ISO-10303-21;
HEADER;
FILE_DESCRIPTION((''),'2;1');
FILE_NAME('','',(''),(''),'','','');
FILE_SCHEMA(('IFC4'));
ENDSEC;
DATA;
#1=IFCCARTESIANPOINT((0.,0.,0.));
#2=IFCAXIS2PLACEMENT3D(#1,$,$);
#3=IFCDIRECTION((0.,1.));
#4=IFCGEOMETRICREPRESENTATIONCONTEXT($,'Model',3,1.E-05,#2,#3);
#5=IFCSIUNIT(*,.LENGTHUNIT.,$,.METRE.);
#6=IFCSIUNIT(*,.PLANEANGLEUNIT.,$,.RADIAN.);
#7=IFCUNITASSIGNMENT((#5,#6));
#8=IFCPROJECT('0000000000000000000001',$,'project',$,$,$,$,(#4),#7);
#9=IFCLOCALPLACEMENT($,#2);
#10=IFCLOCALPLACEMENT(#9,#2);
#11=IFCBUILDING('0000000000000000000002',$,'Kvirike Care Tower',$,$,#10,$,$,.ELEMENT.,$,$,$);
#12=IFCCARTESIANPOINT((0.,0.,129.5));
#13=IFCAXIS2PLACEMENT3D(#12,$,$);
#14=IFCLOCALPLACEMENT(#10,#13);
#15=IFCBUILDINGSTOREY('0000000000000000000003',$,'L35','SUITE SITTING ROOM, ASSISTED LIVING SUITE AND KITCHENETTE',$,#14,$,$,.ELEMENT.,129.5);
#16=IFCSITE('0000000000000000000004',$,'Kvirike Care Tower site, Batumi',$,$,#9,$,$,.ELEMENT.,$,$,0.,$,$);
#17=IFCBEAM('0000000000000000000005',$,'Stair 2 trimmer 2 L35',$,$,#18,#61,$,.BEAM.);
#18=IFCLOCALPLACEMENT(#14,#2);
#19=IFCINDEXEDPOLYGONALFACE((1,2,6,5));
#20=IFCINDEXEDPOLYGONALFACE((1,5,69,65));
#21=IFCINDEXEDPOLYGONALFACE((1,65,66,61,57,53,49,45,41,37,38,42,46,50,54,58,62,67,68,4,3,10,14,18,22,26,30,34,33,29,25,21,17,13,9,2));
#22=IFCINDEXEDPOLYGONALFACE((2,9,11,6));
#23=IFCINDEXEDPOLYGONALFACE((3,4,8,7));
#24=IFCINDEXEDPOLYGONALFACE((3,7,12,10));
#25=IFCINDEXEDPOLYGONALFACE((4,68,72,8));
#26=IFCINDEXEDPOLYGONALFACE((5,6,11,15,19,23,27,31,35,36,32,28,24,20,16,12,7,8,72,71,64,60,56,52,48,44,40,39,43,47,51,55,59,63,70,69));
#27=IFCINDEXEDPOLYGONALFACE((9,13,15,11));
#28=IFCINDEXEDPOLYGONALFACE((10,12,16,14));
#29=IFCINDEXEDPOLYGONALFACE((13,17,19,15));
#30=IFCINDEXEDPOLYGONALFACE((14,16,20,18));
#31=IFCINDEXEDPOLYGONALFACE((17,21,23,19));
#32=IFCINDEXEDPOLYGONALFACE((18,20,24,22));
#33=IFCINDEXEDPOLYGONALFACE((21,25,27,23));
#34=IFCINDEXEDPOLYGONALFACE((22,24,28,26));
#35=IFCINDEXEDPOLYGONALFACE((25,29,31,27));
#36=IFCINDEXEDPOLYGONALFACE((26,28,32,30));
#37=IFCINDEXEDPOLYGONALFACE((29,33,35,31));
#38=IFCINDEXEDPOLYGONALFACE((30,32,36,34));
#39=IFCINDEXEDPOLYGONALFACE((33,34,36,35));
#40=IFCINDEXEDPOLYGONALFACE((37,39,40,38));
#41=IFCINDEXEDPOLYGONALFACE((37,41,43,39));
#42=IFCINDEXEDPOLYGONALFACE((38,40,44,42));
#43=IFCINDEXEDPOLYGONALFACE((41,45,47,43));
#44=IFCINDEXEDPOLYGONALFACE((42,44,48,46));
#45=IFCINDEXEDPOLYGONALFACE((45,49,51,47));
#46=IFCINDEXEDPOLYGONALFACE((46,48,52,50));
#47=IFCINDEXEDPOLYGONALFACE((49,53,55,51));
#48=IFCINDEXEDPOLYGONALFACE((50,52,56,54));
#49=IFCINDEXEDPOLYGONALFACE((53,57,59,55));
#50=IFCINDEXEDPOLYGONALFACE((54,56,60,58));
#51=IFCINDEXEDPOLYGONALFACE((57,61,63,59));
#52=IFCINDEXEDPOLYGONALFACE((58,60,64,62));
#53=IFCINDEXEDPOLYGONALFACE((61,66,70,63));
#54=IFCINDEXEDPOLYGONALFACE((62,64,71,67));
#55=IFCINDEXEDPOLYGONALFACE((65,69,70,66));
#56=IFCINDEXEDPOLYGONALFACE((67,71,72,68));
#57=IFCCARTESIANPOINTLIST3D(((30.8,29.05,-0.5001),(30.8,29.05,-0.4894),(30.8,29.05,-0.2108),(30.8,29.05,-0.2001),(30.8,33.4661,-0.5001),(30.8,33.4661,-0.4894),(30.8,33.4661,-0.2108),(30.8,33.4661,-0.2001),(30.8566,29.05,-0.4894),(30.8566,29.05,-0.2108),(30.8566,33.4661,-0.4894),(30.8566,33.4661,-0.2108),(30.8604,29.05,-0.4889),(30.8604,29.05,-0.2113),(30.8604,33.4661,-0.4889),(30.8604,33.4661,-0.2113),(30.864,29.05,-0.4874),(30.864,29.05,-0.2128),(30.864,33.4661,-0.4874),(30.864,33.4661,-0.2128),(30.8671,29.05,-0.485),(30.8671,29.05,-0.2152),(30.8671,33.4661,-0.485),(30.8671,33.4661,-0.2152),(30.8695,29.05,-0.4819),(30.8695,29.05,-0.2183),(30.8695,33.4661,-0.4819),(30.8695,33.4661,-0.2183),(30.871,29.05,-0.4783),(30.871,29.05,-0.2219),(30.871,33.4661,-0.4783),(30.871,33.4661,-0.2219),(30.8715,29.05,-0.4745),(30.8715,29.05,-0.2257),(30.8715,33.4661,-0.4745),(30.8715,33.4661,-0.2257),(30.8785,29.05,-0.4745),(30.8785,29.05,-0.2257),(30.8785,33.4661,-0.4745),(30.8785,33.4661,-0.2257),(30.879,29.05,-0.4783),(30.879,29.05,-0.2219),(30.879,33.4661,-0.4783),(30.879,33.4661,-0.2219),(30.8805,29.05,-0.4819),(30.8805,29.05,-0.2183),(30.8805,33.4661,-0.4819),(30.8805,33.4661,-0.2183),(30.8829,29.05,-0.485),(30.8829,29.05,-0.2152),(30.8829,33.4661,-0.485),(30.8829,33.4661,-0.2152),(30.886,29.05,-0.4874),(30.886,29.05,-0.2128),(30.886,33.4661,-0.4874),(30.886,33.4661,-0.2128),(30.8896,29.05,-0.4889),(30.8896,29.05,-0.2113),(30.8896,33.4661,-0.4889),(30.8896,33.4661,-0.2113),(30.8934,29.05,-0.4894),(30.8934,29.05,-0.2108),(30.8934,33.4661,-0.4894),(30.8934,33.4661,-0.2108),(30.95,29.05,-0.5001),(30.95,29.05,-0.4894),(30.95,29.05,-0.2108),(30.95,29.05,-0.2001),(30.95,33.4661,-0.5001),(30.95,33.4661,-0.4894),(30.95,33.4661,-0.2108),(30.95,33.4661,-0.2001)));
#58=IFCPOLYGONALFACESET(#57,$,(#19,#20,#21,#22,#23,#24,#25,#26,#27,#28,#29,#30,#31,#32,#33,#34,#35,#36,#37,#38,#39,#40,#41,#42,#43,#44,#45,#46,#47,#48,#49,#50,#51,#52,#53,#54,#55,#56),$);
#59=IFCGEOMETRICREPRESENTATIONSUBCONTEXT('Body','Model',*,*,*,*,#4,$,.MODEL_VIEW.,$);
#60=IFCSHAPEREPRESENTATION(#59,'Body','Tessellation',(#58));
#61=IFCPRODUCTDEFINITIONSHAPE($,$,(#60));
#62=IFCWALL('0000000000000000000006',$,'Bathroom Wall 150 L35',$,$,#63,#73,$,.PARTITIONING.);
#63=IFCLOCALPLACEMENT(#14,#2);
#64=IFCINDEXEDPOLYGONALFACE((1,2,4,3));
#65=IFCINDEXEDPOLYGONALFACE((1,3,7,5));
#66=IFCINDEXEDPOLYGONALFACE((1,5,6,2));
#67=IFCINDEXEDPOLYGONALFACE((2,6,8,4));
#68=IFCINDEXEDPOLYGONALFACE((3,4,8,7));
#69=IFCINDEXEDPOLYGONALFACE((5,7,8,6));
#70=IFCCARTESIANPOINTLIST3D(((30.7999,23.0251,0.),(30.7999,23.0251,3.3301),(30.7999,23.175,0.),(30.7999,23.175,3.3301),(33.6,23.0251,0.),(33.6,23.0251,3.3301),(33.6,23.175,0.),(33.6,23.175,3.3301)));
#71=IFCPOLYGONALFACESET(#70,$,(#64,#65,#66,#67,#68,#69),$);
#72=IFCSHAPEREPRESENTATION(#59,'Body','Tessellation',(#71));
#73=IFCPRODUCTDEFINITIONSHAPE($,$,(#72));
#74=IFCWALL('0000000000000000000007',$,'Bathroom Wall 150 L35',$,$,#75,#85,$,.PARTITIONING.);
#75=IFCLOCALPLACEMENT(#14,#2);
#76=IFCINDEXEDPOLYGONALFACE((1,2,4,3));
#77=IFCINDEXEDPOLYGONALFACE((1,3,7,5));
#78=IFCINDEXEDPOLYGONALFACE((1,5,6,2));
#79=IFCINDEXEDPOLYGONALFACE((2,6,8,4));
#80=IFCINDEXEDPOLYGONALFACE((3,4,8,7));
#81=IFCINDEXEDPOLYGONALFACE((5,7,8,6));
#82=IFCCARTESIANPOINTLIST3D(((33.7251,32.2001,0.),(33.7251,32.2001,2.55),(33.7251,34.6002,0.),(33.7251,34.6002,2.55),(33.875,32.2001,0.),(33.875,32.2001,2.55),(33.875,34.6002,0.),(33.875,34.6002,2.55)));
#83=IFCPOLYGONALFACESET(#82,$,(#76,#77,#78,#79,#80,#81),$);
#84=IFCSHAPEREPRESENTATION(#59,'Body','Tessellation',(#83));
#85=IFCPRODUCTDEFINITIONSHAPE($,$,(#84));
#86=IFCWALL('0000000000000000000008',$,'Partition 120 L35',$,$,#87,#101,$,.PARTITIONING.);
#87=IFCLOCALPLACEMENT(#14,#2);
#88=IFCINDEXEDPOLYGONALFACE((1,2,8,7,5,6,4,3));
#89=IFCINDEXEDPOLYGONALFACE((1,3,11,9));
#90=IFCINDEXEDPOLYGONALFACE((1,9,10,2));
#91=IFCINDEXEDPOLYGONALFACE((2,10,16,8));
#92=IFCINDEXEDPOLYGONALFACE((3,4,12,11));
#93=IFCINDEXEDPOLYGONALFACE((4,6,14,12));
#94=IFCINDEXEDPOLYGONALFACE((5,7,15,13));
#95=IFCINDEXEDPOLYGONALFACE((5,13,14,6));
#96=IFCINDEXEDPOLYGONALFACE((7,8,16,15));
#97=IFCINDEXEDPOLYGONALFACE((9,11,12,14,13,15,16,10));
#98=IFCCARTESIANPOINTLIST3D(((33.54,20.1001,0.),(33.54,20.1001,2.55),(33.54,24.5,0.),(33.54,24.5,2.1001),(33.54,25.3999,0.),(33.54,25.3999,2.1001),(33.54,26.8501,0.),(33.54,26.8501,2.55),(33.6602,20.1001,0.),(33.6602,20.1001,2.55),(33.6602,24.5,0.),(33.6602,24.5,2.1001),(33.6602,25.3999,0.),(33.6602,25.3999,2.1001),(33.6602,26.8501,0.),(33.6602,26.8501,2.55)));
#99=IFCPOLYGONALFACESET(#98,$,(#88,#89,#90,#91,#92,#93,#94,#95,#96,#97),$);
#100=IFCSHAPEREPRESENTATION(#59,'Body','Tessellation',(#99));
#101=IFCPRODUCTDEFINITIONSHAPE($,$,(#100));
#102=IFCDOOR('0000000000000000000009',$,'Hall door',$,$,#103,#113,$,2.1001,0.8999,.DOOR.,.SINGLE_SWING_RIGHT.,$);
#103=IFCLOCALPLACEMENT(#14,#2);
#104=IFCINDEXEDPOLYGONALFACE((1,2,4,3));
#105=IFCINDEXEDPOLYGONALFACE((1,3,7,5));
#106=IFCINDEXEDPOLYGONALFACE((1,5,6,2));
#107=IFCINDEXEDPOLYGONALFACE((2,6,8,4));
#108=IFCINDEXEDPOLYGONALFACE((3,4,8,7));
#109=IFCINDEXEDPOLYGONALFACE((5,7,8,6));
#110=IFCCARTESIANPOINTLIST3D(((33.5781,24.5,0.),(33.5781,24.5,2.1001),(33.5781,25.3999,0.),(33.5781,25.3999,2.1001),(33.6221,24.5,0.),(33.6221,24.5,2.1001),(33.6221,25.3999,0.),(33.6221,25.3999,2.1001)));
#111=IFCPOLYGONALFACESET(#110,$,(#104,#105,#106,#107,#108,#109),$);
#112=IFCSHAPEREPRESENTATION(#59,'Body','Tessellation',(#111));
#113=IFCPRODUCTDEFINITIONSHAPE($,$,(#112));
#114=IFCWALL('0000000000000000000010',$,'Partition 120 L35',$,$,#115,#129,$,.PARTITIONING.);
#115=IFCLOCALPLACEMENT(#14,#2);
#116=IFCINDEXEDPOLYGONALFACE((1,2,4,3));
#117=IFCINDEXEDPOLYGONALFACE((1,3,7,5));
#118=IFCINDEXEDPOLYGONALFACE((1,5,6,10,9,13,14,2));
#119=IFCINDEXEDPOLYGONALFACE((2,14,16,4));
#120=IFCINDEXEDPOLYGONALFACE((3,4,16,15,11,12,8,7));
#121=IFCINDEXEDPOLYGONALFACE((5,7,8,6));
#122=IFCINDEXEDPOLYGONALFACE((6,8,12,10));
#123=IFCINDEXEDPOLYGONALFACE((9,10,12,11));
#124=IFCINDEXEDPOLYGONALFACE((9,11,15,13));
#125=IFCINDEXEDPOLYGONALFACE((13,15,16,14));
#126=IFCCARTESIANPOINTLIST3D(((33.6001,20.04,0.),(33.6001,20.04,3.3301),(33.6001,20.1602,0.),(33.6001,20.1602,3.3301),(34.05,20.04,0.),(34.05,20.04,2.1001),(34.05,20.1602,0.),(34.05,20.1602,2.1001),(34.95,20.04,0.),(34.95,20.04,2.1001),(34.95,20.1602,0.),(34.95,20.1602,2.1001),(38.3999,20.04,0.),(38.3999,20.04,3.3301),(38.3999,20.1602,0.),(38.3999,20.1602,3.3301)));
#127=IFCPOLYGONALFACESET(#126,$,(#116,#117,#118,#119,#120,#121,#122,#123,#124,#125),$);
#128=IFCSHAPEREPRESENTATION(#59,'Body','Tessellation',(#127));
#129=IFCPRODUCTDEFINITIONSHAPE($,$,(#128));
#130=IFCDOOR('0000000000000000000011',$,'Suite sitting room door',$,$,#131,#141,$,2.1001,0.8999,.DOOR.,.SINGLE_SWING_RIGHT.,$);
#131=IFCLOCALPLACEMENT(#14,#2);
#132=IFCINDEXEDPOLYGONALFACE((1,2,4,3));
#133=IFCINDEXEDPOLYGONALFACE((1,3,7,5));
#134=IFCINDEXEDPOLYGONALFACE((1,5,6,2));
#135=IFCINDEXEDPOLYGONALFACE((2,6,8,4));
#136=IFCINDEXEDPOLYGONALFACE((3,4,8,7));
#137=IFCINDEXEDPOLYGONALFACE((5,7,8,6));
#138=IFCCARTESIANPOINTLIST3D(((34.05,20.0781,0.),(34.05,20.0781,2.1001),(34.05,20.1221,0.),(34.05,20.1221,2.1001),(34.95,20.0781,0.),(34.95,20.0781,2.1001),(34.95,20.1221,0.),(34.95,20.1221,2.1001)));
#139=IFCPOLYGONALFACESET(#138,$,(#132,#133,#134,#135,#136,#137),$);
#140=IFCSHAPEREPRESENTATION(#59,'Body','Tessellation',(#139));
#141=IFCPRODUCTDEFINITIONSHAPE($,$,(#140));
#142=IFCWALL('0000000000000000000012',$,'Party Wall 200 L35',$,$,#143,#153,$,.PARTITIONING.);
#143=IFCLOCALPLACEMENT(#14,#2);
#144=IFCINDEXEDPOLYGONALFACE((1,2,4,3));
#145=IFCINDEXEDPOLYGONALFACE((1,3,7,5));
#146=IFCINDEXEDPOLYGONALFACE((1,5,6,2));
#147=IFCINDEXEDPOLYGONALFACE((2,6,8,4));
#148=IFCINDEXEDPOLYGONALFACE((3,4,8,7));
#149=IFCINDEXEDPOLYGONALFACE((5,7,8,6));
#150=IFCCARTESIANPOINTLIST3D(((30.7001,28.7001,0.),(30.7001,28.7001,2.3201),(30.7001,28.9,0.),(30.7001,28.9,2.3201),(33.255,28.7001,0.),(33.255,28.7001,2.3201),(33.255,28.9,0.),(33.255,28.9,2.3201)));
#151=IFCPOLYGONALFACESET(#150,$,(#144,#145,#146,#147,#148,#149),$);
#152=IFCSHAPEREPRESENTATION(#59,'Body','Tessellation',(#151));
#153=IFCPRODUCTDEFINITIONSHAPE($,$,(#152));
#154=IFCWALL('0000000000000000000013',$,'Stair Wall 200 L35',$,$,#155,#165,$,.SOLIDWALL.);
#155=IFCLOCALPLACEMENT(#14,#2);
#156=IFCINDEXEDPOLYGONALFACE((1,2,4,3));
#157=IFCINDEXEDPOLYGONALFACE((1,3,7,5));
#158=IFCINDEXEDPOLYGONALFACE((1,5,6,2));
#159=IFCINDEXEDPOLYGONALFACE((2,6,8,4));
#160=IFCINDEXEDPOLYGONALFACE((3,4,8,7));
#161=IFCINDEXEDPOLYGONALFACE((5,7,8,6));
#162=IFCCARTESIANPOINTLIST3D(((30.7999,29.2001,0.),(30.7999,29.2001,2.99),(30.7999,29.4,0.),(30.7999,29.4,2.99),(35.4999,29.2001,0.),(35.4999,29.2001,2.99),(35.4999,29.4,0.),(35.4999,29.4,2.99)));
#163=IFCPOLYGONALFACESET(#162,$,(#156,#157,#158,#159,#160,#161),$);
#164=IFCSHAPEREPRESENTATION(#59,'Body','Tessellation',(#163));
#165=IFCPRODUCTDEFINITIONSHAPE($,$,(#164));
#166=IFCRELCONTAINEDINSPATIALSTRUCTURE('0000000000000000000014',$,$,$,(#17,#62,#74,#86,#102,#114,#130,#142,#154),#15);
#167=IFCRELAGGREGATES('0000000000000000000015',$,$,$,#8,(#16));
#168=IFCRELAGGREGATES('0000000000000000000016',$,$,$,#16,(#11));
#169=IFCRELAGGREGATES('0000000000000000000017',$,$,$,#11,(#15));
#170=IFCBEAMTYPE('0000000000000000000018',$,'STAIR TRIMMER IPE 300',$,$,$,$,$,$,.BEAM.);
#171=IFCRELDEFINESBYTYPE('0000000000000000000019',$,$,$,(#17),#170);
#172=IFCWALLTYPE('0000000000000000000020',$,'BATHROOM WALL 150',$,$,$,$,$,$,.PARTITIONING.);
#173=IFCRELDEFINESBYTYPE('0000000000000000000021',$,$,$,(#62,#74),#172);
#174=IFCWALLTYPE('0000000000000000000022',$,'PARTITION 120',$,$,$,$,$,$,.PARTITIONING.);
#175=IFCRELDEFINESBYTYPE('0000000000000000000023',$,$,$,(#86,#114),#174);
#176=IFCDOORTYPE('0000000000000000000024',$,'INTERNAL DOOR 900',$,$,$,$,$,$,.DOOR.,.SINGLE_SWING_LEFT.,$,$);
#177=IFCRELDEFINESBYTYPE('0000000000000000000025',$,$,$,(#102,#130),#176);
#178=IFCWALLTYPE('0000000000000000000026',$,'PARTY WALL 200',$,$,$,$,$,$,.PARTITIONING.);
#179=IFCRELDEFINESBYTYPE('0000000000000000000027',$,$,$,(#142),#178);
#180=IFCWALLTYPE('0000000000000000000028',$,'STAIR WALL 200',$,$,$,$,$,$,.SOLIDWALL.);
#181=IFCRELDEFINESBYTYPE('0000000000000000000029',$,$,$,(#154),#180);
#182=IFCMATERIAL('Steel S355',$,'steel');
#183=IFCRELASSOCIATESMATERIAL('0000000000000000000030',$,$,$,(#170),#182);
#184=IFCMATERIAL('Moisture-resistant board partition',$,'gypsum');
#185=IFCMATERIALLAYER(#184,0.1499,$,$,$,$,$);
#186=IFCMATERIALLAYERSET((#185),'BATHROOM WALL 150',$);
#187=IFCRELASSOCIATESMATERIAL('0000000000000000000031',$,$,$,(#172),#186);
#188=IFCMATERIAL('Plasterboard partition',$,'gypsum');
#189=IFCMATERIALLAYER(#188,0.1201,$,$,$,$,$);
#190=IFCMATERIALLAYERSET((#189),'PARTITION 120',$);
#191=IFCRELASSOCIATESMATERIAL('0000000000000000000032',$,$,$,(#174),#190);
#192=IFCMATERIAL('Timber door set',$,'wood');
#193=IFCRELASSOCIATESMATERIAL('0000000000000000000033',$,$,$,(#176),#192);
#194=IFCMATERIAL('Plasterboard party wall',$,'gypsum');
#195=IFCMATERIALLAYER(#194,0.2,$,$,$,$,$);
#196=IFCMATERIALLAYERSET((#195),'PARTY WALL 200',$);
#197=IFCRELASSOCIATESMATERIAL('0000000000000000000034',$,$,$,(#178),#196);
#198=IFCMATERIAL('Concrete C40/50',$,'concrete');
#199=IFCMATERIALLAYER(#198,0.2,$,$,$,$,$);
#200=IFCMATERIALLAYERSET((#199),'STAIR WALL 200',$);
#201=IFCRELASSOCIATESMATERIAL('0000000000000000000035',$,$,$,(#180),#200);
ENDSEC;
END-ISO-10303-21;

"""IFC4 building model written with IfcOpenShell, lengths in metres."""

from ifc_helpers import new_model, si_unit, direction, frame, frame_2d, origin, origin_2d, place, context, subcontext, project, spatial, rectangle, i_section, extrude, material, layer, layer_set, material_profile, profile_set, type_object, element, fill, save


model = new_model("IFC4")

# Units and contexts
model_context = context("Model", 3, precision=1e-05, world=origin(), true_north=direction((0.0, 1.0)))
body_context = subcontext(model_context, "Body", "Model", "MODEL_VIEW")
ifc_project = project(units=[si_unit("LENGTHUNIT", "METRE"), si_unit("PLANEANGLEUNIT", "RADIAN")], contexts=[model_context])

# Site, building, storey
site_placement = place(None, origin())
site = spatial("IfcSite", under=ifc_project, at=site_placement, Name="Kvirike Care Tower site, Batumi", CompositionType="ELEMENT", RefElevation=0.0)
building_placement = place(site_placement, origin())
building = spatial("IfcBuilding", under=site, at=building_placement, Name="Kvirike Care Tower", CompositionType="ELEMENT")
storey_placement = place(building_placement, frame((0.0, 0.0, 129.5)))
storey = spatial("IfcBuildingStorey", under=building, at=storey_placement, Name="L35", Description="SUITE SITTING ROOM, ASSISTED LIVING SUITE AND KITCHENETTE", CompositionType="ELEMENT", Elevation=129.5)

# Beam
ifc_material_1 = material(Name="Steel S355", Category="steel")
ifc_material_profile_1 = material_profile(ifc_material_1, i_section(OverallWidth=0.1499, OverallDepth=0.3, WebThickness=0.0071, FlangeThickness=0.0107, FilletRadius=0.0149, at=origin_2d()), Name="IPE 300")
ifc_profile_set_1 = profile_set([ifc_material_profile_1], Name="Steel S355")
beam_type_1 = type_object("IfcBeamType", Name="STAIR TRIMMER IPE 300", PredefinedType="BEAM", material=ifc_profile_set_1)
for number, where, z_axis, x_axis, name in (
    (1, (30.875, 29.05, -0.3501), (0.0, 1.0, 0.0), (-1.0, 0.0, 0.0), "Stair 2 trimmer 2 L35"),
):
    element("IfcBeam", number, at=place(storey_placement, frame(where, z_axis=z_axis, x_axis=x_axis)), inside=storey, type_object=beam_type_1, Name=name, PredefinedType="BEAM", context=body_context, shape_type="SweptSolid", body=[
        extrude(i_section(OverallWidth=0.1499, OverallDepth=0.3, WebThickness=0.0071, FlangeThickness=0.0107, FilletRadius=0.0149, at=origin_2d()), origin(), (0.0, 0.0, 1.0), 4.416),
    ])

# Walls
ifc_material_2 = material(Name="Moisture-resistant board partition", Category="gypsum")
ifc_layer_1 = layer(ifc_material_2, 0.1499)
ifc_layer_set_1 = layer_set([ifc_layer_1], Name="BATHROOM WALL 150")
wall_type_1 = type_object("IfcWallType", Name="BATHROOM WALL 150", PredefinedType="PARTITIONING", material=ifc_layer_set_1)
wall_1_placement = place(storey_placement, frame((30.8, 23.1001, 0.0), z_axis=(0.0, 0.0, 1.0), x_axis=(1.0, 0.0, 0.0)))
element("IfcWall", 2, at=wall_1_placement, inside=storey, type_object=wall_type_1, Name="Bathroom Wall 150 L35", PredefinedType="PARTITIONING", context=body_context, shape_type="SweptSolid", body=[
    extrude(rectangle(XDim=2.8, YDim=0.1499, at=frame_2d((1.3999, 0.0))), origin(), (0.0, 0.0, 1.0), 3.3301),
])
wall_2_placement = place(storey_placement, frame((33.8, 32.2, 0.0), z_axis=(0.0, 0.0, 1.0), x_axis=(0.0, 1.0, 0.0)))
element("IfcWall", 3, at=wall_2_placement, inside=storey, type_object=wall_type_1, Name="Bathroom Wall 150 L35", PredefinedType="PARTITIONING", context=body_context, shape_type="SweptSolid", body=[
    extrude(rectangle(XDim=2.4001, YDim=0.1499, at=frame_2d((1.2002, 0.0))), origin(), (0.0, 0.0, 1.0), 2.55),
])

# Walls, openings, doors
ifc_material_3 = material(Name="Plasterboard partition", Category="gypsum")
ifc_layer_2 = layer(ifc_material_3, 0.1201)
ifc_layer_set_2 = layer_set([ifc_layer_2], Name="PARTITION 120")
wall_type_2 = type_object("IfcWallType", Name="PARTITION 120", PredefinedType="PARTITIONING", material=ifc_layer_set_2)
wall_3_placement = place(storey_placement, frame((33.6001, 20.1001, 0.0), z_axis=(0.0, 0.0, 1.0), x_axis=(0.0, 1.0, 0.0)))
wall_3 = element("IfcWall", 4, at=wall_3_placement, inside=storey, type_object=wall_type_2, Name="Partition 120 L35", PredefinedType="PARTITIONING", context=body_context, shape_type="SweptSolid", body=[
    extrude(rectangle(XDim=6.75, YDim=0.1201, at=frame_2d((3.375, 0.0))), origin(), (0.0, 0.0, 1.0), 2.55),
])
opening_1_placement = place(wall_3_placement, frame((4.3999, 0.0, 0.0)))
opening_1 = element("IfcOpeningElement", 5, at=opening_1_placement, cuts=wall_3, PredefinedType="OPENING", context=body_context, shape_type="SweptSolid", body=[
    extrude(rectangle(XDim=0.8999, YDim=2.1001, at=frame_2d((0.45, 1.05))), frame((0.0, 0.0706, 0.0), z_axis=(0.0, -1.0, 0.0), x_axis=(1.0, 0.0, 0.0)), (0.0, 0.0, 1.0), 0.1411),
])
ifc_material_4 = material(Name="Timber door set", Category="wood")
door_type = type_object("IfcDoorType", Name="INTERNAL DOOR 900", OperationType="SINGLE_SWING_LEFT", PredefinedType="DOOR", material=ifc_material_4)
door_1_placement = place(opening_1_placement, origin())
door_1 = element("IfcDoor", 6, at=door_1_placement, inside=storey, type_object=door_type, Name="Hall door", OperationType="SINGLE_SWING_RIGHT", OverallHeight=2.1001, OverallWidth=0.8999, PredefinedType="DOOR", context=body_context, shape_type="SweptSolid", body=[
    extrude(rectangle(XDim=0.8999, YDim=2.1001, at=frame_2d((0.45, 1.05))), frame((0.0, 0.022, 0.0), z_axis=(0.0, -1.0, 0.0), x_axis=(1.0, 0.0, 0.0)), (0.0, 0.0, 1.0), 0.0439),
])
fill(opening_1, door_1)
wall_4_placement = place(storey_placement, frame((33.6001, 20.1001, 0.0), z_axis=(0.0, 0.0, 1.0), x_axis=(1.0, 0.0, 0.0)))
wall_4 = element("IfcWall", 7, at=wall_4_placement, inside=storey, type_object=wall_type_2, Name="Partition 120 L35", PredefinedType="PARTITIONING", context=body_context, shape_type="SweptSolid", body=[
    extrude(rectangle(XDim=4.7998, YDim=0.1201, at=frame_2d((2.3999, 0.0))), origin(), (0.0, 0.0, 1.0), 3.3301),
])
opening_2_placement = place(wall_4_placement, frame((0.45, 0.0, 0.0)))
opening_2 = element("IfcOpeningElement", 8, at=opening_2_placement, cuts=wall_4, PredefinedType="OPENING", context=body_context, shape_type="SweptSolid", body=[
    extrude(rectangle(XDim=0.8999, YDim=2.1001, at=frame_2d((0.45, 1.05))), frame((0.0, 0.0706, 0.0), z_axis=(0.0, -1.0, 0.0), x_axis=(1.0, 0.0, 0.0)), (0.0, 0.0, 1.0), 0.1411),
])
door_2_placement = place(opening_2_placement, origin())
door_2 = element("IfcDoor", 9, at=door_2_placement, inside=storey, type_object=door_type, Name="Suite sitting room door", OperationType="SINGLE_SWING_RIGHT", OverallHeight=2.1001, OverallWidth=0.8999, PredefinedType="DOOR", context=body_context, shape_type="SweptSolid", body=[
    extrude(rectangle(XDim=0.8999, YDim=2.1001, at=frame_2d((0.45, 1.05))), frame((0.0, 0.022, 0.0), z_axis=(0.0, -1.0, 0.0), x_axis=(1.0, 0.0, 0.0)), (0.0, 0.0, 1.0), 0.0439),
])
fill(opening_2, door_2)

# Walls
ifc_material_5 = material(Name="Plasterboard party wall", Category="gypsum")
ifc_layer_3 = layer(ifc_material_5, 0.2)
ifc_layer_set_3 = layer_set([ifc_layer_3], Name="PARTY WALL 200")
wall_type_3 = type_object("IfcWallType", Name="PARTY WALL 200", PredefinedType="PARTITIONING", material=ifc_layer_set_3)
wall_5_placement = place(storey_placement, frame((33.2549, 28.8, 0.0), z_axis=(0.0, 0.0, 1.0), x_axis=(-1.0, 0.0, 0.0)))
element("IfcWall", 10, at=wall_5_placement, inside=storey, type_object=wall_type_3, Name="Party Wall 200 L35", PredefinedType="PARTITIONING", context=body_context, shape_type="SweptSolid", body=[
    extrude(rectangle(XDim=2.5549, YDim=0.2, at=frame_2d((1.2773, 0.0))), origin(), (0.0, 0.0, 1.0), 2.3201),
])
ifc_material_6 = material(Name="Concrete C40/50", Category="concrete")
ifc_layer_4 = layer(ifc_material_6, 0.2)
ifc_layer_set_4 = layer_set([ifc_layer_4], Name="STAIR WALL 200")
wall_type_4 = type_object("IfcWallType", Name="STAIR WALL 200", PredefinedType="SOLIDWALL", material=ifc_layer_set_4)
wall_6_placement = place(storey_placement, frame((35.5, 29.3, 0.0), z_axis=(0.0, 0.0, 1.0), x_axis=(-1.0, 0.0, 0.0)))
element("IfcWall", 11, at=wall_6_placement, inside=storey, type_object=wall_type_4, Name="Stair Wall 200 L35", PredefinedType="SOLIDWALL", context=body_context, shape_type="SweptSolid", body=[
    extrude(rectangle(XDim=4.7, YDim=0.2, at=frame_2d((2.3501, 0.0))), origin(), (0.0, 0.0, 1.0), 2.99),
])

save(model, "model.ifc")
